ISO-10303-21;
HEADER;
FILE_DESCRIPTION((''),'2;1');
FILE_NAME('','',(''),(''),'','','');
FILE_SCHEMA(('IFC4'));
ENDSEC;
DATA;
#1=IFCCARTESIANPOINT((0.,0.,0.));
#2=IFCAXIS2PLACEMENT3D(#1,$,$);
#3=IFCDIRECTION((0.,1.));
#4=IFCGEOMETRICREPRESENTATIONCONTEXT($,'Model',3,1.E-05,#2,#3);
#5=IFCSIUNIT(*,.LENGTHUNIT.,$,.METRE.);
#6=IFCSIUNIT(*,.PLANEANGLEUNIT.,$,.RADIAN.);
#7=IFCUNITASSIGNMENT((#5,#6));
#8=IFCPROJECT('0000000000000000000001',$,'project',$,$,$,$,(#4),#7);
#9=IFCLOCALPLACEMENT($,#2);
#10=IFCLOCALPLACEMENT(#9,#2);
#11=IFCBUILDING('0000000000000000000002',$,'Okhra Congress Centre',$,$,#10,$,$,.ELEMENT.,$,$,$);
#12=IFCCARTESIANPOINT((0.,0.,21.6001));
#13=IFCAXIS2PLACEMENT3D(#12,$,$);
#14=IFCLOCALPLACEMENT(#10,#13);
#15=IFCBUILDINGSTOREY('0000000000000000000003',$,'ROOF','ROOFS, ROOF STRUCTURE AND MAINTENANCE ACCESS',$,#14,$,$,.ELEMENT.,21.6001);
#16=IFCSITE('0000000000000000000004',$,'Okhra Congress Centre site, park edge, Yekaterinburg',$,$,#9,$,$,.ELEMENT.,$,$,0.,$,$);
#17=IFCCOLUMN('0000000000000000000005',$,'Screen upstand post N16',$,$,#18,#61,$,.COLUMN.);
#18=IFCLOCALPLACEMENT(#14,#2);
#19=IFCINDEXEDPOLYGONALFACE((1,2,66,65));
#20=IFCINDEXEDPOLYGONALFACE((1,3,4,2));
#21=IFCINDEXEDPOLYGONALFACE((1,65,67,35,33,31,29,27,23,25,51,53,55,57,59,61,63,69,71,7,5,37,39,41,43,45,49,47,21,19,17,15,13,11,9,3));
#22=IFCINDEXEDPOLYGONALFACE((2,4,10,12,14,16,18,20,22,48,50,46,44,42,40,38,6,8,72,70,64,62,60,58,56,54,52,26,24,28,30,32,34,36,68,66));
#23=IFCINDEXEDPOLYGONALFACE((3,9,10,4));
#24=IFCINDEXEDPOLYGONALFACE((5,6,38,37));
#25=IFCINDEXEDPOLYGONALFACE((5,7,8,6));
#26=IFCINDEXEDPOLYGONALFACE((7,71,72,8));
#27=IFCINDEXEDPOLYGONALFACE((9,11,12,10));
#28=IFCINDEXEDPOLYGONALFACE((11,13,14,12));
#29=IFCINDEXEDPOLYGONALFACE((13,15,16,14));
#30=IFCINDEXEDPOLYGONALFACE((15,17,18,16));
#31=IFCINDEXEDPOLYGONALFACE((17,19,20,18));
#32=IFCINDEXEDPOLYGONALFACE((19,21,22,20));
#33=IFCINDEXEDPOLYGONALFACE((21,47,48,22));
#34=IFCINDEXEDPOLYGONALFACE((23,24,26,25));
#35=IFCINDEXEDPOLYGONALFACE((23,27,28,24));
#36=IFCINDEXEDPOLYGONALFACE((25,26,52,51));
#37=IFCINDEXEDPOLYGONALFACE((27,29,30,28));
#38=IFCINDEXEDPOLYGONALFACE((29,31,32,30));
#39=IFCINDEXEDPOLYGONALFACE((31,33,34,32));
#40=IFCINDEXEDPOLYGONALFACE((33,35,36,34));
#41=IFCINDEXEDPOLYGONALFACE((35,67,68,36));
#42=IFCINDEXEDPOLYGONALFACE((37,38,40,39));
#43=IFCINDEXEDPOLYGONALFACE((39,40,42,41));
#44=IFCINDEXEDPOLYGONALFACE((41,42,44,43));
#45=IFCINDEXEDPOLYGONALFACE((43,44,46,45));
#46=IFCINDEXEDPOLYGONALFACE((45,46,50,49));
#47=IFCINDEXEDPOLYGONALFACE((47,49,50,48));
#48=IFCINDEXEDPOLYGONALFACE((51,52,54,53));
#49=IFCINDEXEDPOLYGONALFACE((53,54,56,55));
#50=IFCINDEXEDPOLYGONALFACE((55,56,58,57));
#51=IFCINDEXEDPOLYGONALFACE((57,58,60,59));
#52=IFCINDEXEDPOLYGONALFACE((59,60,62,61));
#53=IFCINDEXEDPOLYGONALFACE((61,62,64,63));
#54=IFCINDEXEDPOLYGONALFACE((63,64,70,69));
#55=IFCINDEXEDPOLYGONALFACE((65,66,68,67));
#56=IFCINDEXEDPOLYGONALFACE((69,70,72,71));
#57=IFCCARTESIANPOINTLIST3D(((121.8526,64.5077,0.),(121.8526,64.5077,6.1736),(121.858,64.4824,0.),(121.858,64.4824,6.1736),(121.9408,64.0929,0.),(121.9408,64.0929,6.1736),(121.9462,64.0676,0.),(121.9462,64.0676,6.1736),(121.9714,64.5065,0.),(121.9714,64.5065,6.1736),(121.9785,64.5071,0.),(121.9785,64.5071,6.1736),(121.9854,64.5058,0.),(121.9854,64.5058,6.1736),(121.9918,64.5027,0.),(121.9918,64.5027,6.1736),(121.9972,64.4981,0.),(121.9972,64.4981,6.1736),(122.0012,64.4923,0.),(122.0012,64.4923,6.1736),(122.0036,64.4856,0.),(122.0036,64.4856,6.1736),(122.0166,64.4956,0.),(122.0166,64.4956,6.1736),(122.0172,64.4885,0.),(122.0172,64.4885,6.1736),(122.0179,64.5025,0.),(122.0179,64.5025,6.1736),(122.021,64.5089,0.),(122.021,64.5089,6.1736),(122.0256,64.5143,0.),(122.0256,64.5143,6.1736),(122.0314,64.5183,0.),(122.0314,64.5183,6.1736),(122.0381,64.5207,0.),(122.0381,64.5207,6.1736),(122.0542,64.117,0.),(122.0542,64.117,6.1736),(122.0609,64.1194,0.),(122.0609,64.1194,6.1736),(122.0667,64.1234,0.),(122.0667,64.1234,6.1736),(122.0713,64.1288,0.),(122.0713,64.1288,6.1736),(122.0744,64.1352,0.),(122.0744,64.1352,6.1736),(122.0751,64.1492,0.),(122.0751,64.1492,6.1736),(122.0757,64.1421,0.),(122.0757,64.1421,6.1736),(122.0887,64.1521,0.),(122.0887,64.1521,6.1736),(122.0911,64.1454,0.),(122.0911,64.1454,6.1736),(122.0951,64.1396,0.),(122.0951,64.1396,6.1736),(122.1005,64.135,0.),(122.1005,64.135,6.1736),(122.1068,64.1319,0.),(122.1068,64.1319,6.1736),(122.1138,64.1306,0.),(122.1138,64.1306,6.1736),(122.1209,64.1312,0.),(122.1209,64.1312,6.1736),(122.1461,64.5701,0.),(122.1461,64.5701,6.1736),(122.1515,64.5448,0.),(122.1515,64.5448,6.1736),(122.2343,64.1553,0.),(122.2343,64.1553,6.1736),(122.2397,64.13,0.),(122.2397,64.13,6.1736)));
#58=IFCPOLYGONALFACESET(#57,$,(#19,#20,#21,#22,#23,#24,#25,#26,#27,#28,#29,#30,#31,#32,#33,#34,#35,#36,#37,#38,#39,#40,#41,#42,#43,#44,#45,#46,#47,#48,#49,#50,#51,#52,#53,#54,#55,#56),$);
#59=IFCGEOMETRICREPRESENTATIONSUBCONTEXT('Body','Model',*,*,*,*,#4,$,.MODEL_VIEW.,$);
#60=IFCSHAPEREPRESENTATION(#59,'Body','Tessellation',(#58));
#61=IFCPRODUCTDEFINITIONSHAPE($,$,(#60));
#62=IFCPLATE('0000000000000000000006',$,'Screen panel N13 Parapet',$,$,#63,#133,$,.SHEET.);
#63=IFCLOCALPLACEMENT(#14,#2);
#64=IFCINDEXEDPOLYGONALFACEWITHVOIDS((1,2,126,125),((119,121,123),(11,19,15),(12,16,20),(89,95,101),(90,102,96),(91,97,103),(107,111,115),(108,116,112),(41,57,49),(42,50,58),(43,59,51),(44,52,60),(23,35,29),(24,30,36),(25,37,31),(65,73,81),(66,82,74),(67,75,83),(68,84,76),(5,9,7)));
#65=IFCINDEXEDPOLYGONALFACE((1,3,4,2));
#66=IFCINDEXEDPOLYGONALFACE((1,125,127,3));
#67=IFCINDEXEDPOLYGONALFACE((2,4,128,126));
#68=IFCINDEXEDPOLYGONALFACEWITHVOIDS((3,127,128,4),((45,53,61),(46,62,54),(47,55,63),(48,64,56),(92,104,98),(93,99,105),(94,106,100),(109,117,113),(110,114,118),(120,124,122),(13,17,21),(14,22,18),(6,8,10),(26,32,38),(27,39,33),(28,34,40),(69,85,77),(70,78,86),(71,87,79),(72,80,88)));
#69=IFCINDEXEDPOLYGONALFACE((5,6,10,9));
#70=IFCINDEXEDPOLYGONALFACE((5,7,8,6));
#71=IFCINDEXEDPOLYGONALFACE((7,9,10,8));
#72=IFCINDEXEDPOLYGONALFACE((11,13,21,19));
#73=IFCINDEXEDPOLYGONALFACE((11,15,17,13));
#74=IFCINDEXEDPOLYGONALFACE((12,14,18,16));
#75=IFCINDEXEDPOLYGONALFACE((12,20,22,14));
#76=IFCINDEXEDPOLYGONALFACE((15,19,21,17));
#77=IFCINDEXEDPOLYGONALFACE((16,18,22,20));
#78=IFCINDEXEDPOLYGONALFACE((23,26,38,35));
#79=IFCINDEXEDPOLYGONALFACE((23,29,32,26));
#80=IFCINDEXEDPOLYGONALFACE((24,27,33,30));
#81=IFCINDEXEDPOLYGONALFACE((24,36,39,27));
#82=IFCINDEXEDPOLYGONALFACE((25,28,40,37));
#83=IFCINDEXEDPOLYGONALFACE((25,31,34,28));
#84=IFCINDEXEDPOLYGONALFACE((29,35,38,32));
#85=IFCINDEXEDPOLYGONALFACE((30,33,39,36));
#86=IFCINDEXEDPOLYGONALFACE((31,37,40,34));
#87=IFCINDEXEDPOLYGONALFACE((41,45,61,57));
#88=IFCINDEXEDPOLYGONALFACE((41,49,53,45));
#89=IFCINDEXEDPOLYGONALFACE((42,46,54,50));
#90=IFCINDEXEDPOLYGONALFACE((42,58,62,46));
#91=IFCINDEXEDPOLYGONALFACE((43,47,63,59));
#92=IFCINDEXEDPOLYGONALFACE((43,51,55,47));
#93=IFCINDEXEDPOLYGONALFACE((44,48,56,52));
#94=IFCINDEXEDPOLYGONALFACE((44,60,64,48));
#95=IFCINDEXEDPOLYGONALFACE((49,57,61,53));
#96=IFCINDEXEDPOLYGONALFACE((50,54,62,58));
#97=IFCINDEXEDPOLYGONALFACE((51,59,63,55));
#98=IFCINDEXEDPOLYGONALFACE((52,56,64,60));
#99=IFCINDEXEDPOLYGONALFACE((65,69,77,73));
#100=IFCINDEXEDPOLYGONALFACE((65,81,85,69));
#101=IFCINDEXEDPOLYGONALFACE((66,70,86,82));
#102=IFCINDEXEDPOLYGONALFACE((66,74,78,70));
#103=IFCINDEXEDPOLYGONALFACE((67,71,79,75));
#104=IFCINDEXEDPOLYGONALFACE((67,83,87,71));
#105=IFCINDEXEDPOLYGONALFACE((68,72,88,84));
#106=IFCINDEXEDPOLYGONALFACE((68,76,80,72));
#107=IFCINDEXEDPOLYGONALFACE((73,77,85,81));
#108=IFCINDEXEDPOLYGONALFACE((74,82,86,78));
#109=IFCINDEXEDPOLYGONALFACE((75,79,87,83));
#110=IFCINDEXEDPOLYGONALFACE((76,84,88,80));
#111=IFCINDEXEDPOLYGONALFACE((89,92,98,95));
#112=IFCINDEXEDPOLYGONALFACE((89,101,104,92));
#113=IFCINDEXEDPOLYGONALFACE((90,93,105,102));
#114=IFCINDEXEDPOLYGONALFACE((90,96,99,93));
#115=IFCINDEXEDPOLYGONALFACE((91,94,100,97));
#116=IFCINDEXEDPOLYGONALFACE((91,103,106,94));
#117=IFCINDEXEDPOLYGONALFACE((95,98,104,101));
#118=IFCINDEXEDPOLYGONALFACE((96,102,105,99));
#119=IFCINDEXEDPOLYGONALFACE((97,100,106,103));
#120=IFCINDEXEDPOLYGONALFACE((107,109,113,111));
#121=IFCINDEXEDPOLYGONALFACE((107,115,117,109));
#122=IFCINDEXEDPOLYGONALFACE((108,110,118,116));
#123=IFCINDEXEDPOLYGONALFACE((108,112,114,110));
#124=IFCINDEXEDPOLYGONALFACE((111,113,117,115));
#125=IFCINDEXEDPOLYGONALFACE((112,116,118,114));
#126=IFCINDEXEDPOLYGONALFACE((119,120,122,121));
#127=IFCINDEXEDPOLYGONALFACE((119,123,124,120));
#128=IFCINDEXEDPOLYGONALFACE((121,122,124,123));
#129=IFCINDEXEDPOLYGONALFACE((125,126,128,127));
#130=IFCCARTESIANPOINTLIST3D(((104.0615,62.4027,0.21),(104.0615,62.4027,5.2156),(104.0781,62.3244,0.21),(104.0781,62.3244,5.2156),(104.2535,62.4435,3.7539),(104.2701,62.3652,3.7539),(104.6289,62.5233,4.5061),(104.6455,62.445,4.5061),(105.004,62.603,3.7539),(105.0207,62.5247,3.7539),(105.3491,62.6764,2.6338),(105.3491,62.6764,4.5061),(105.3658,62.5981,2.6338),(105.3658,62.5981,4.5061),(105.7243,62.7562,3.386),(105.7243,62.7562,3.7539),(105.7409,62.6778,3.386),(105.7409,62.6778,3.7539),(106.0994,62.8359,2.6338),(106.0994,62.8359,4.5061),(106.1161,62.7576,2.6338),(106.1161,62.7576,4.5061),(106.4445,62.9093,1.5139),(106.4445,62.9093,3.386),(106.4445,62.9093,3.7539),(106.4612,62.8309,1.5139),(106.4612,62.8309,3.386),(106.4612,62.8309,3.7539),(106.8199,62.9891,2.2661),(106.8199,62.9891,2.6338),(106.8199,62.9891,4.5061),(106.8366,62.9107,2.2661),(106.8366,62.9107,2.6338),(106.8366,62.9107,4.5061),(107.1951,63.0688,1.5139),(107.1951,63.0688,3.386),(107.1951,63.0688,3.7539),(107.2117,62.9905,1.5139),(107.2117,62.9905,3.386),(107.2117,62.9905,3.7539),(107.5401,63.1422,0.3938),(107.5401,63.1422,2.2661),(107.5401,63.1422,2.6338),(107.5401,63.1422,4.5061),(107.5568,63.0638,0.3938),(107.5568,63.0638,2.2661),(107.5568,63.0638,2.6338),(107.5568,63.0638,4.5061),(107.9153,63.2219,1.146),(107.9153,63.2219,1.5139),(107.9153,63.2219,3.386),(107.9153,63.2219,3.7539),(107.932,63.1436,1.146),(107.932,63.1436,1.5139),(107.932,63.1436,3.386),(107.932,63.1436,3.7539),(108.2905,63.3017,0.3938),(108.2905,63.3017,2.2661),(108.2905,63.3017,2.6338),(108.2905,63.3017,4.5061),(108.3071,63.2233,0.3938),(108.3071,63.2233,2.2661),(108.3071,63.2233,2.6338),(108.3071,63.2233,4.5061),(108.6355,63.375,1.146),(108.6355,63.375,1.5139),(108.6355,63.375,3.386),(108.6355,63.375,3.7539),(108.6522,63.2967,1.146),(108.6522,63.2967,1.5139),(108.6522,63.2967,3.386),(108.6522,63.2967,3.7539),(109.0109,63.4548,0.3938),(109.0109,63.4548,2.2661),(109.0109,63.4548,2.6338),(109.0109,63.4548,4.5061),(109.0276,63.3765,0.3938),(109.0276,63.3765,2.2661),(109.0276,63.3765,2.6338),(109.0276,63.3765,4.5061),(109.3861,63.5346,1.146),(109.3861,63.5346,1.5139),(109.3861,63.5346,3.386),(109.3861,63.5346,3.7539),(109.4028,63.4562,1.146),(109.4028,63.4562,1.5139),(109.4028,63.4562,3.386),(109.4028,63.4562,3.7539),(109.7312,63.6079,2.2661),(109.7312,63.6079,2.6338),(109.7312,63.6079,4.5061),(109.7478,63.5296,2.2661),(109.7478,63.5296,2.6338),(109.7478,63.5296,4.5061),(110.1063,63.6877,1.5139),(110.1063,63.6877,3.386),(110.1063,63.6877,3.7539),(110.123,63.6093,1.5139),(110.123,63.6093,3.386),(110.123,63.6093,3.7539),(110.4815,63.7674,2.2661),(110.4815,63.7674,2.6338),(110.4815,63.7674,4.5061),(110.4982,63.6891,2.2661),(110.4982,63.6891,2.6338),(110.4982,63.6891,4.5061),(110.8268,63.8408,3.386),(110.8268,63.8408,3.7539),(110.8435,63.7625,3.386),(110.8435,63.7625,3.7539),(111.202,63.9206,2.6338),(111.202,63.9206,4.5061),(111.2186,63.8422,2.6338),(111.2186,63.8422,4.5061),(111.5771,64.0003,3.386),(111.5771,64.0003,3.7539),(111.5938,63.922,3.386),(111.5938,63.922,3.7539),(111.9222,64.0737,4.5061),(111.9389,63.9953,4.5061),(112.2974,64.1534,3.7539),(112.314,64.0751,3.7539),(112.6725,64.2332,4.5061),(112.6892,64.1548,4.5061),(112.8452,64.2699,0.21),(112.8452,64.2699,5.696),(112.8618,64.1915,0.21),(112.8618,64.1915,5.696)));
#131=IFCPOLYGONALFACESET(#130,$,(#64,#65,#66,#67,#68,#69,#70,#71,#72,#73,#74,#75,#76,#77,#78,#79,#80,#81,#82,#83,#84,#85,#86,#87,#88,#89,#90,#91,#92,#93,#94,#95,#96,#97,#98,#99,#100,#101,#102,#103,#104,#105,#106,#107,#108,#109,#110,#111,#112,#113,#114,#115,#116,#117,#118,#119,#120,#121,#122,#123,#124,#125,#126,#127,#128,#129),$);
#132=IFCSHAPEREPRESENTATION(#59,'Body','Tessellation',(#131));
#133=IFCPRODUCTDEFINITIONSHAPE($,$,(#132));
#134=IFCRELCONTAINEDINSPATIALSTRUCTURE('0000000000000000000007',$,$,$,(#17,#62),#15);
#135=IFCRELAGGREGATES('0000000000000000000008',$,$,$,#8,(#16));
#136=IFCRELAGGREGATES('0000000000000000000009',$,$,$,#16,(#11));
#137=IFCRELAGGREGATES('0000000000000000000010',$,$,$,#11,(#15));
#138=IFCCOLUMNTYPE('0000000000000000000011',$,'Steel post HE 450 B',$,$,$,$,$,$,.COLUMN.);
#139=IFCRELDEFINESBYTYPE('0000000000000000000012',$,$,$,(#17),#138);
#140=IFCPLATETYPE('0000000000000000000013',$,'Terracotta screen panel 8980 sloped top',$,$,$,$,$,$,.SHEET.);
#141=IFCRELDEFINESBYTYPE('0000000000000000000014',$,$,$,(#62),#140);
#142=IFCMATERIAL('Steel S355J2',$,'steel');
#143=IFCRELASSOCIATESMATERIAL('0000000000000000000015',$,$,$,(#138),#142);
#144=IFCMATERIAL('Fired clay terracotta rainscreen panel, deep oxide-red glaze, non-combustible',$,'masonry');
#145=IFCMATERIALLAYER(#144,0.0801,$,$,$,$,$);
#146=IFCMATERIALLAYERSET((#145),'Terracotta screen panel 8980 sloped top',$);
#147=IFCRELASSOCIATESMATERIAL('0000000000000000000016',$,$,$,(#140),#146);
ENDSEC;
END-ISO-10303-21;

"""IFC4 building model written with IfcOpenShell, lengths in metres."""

from ifc_helpers import new_model, si_unit, direction, frame, origin, origin_2d, place, context, subcontext, project, spatial, polyline, i_section, outline, extrude, material, layer, layer_set, material_profile, profile_set, type_object, element, save


model = new_model("IFC4")

# Units and contexts
model_context = context("Model", 3, precision=1e-05, world=origin(), true_north=direction((0.0, 1.0)))
body_context = subcontext(model_context, "Body", "Model", "MODEL_VIEW")
ifc_project = project(units=[si_unit("LENGTHUNIT", "METRE"), si_unit("PLANEANGLEUNIT", "RADIAN")], contexts=[model_context])

# Site, building, storey
site_placement = place(None, origin())
site = spatial("IfcSite", under=ifc_project, at=site_placement, Name="Okhra Congress Centre site, park edge, Yekaterinburg", CompositionType="ELEMENT", RefElevation=0.0)
building_placement = place(site_placement, origin())
building = spatial("IfcBuilding", under=site, at=building_placement, Name="Okhra Congress Centre", CompositionType="ELEMENT")
storey_placement = place(building_placement, frame((0.0, 0.0, 21.6001)))
storey = spatial("IfcBuildingStorey", under=building, at=storey_placement, Name="ROOF", Description="ROOFS, ROOF STRUCTURE AND MAINTENANCE ACCESS", CompositionType="ELEMENT", Elevation=21.6001)

# Column
ifc_material_1 = material(Name="Steel S355J2", Category="steel")
ifc_material_profile_1 = material_profile(ifc_material_1, i_section(OverallWidth=0.3, OverallDepth=0.45, WebThickness=0.0139, FlangeThickness=0.0259, FilletRadius=0.0271, at=origin_2d()), Name="HE 450 B")
ifc_profile_set_1 = profile_set([ifc_material_profile_1], Name="Steel S355J2")
column_type = type_object("IfcColumnType", Name="Steel post HE 450 B", PredefinedType="COLUMN", material=ifc_profile_set_1)
column_1_placement = place(storey_placement, frame((122.0461, 64.3188, 0.0), z_axis=(0.0, 0.0, 1.0), x_axis=(0.978148, 0.207912, 0.0)))
element("IfcColumn", 1, at=column_1_placement, inside=storey, type_object=column_type, Name="Screen upstand post N16", PredefinedType="COLUMN", context=body_context, shape_type="SweptSolid", body=[
    extrude(i_section(OverallWidth=0.3, OverallDepth=0.45, WebThickness=0.0139, FlangeThickness=0.0259, FilletRadius=0.0271, at=origin_2d()), origin(), (0.0, 0.0, 1.0), 6.1736),
])

# Plate
ifc_material_2 = material(Name="Fired clay terracotta rainscreen panel, deep oxide-red glaze, non-combustible", Category="masonry")
ifc_layer = layer(ifc_material_2, 0.0801)
ifc_layer_set = layer_set([ifc_layer], Name="Terracotta screen panel 8980 sloped top")
plate_type = type_object("IfcPlateType", Name="Terracotta screen panel 8980 sloped top", PredefinedType="SHEET", material=ifc_layer_set)
plate_1_placement = place(storey_placement, frame((112.8535, 64.2307, 0.21), z_axis=(0.0, 0.0, 1.0), x_axis=(-0.978144, -0.207928, 0.0)))
element("IfcPlate", 2, at=plate_1_placement, inside=storey, type_object=plate_type, Name="Screen panel N13 Parapet", PredefinedType="SHEET", context=body_context, shape_type="SweptSolid", body=[
    extrude(outline(polyline([(0.0, 0.0), (8.98, 0.0), (8.98, 5.0056), (0.0, 5.4861), (0.0, 0.0)]), holes=[polyline([(3.5364, 0.936), (3.9199, 0.1838), (4.3037, 0.936), (3.5364, 0.936)]), polyline([(4.6565, 0.1838), (5.4236, 0.1838), (5.04, 0.936), (4.6565, 0.1838)]), polyline([(2.4165, 2.0562), (2.8, 1.304), (3.1836, 2.0562), (2.4165, 2.0562)]), polyline([(3.5364, 1.304), (4.3037, 1.304), (3.9199, 2.0562), (3.5364, 1.304)]), polyline([(4.6565, 2.0562), (5.04, 1.304), (5.4236, 2.0562), (4.6565, 2.0562)]), polyline([(5.7764, 1.304), (6.5437, 1.304), (6.1599, 2.0562), (5.7764, 1.304)]), polyline([(1.2964, 3.176), (1.6799, 2.4238), (2.0635, 3.176), (1.2964, 3.176)]), polyline([(2.4165, 2.4238), (3.1836, 2.4238), (2.8, 3.176), (2.4165, 2.4238)]), polyline([(3.5364, 3.176), (3.9199, 2.4238), (4.3037, 3.176), (3.5364, 3.176)]), polyline([(4.6565, 2.4238), (5.4236, 2.4238), (5.04, 3.176), (4.6565, 2.4238)]), polyline([(5.7764, 3.176), (6.1599, 2.4238), (6.5437, 3.176), (5.7764, 3.176)]), polyline([(6.8965, 2.4238), (7.6636, 2.4238), (7.28, 3.176), (6.8965, 2.4238)]), polyline([(0.1765, 4.2961), (0.5601, 3.5439), (0.9436, 4.2961), (0.1765, 4.2961)]), polyline([(1.2964, 3.5439), (2.0635, 3.5439), (1.6799, 4.2961), (1.2964, 3.5439)]), polyline([(2.4165, 4.2961), (2.8, 3.5439), (3.1836, 4.2961), (2.4165, 4.2961)]), polyline([(3.5364, 3.5439), (4.3037, 3.5439), (3.9199, 4.2961), (3.5364, 3.5439)]), polyline([(4.6565, 4.2961), (5.04, 3.5439), (5.4236, 4.2961), (4.6565, 4.2961)]), polyline([(5.7764, 3.5439), (6.5437, 3.5439), (6.1599, 4.2961), (5.7764, 3.5439)]), polyline([(6.8965, 4.2961), (7.28, 3.5439), (7.6636, 4.2961), (6.8965, 4.2961)]), polyline([(8.0164, 3.5439), (8.7837, 3.5439), (8.3999, 4.2961), (8.0164, 3.5439)])]), frame((0.0, 0.04, 0.0), z_axis=(0.0, -1.0, 0.0), x_axis=(1.0, 0.0, 0.0)), (0.0, 0.0, 1.0), 0.0801),
])

save(model, "model.ifc")
